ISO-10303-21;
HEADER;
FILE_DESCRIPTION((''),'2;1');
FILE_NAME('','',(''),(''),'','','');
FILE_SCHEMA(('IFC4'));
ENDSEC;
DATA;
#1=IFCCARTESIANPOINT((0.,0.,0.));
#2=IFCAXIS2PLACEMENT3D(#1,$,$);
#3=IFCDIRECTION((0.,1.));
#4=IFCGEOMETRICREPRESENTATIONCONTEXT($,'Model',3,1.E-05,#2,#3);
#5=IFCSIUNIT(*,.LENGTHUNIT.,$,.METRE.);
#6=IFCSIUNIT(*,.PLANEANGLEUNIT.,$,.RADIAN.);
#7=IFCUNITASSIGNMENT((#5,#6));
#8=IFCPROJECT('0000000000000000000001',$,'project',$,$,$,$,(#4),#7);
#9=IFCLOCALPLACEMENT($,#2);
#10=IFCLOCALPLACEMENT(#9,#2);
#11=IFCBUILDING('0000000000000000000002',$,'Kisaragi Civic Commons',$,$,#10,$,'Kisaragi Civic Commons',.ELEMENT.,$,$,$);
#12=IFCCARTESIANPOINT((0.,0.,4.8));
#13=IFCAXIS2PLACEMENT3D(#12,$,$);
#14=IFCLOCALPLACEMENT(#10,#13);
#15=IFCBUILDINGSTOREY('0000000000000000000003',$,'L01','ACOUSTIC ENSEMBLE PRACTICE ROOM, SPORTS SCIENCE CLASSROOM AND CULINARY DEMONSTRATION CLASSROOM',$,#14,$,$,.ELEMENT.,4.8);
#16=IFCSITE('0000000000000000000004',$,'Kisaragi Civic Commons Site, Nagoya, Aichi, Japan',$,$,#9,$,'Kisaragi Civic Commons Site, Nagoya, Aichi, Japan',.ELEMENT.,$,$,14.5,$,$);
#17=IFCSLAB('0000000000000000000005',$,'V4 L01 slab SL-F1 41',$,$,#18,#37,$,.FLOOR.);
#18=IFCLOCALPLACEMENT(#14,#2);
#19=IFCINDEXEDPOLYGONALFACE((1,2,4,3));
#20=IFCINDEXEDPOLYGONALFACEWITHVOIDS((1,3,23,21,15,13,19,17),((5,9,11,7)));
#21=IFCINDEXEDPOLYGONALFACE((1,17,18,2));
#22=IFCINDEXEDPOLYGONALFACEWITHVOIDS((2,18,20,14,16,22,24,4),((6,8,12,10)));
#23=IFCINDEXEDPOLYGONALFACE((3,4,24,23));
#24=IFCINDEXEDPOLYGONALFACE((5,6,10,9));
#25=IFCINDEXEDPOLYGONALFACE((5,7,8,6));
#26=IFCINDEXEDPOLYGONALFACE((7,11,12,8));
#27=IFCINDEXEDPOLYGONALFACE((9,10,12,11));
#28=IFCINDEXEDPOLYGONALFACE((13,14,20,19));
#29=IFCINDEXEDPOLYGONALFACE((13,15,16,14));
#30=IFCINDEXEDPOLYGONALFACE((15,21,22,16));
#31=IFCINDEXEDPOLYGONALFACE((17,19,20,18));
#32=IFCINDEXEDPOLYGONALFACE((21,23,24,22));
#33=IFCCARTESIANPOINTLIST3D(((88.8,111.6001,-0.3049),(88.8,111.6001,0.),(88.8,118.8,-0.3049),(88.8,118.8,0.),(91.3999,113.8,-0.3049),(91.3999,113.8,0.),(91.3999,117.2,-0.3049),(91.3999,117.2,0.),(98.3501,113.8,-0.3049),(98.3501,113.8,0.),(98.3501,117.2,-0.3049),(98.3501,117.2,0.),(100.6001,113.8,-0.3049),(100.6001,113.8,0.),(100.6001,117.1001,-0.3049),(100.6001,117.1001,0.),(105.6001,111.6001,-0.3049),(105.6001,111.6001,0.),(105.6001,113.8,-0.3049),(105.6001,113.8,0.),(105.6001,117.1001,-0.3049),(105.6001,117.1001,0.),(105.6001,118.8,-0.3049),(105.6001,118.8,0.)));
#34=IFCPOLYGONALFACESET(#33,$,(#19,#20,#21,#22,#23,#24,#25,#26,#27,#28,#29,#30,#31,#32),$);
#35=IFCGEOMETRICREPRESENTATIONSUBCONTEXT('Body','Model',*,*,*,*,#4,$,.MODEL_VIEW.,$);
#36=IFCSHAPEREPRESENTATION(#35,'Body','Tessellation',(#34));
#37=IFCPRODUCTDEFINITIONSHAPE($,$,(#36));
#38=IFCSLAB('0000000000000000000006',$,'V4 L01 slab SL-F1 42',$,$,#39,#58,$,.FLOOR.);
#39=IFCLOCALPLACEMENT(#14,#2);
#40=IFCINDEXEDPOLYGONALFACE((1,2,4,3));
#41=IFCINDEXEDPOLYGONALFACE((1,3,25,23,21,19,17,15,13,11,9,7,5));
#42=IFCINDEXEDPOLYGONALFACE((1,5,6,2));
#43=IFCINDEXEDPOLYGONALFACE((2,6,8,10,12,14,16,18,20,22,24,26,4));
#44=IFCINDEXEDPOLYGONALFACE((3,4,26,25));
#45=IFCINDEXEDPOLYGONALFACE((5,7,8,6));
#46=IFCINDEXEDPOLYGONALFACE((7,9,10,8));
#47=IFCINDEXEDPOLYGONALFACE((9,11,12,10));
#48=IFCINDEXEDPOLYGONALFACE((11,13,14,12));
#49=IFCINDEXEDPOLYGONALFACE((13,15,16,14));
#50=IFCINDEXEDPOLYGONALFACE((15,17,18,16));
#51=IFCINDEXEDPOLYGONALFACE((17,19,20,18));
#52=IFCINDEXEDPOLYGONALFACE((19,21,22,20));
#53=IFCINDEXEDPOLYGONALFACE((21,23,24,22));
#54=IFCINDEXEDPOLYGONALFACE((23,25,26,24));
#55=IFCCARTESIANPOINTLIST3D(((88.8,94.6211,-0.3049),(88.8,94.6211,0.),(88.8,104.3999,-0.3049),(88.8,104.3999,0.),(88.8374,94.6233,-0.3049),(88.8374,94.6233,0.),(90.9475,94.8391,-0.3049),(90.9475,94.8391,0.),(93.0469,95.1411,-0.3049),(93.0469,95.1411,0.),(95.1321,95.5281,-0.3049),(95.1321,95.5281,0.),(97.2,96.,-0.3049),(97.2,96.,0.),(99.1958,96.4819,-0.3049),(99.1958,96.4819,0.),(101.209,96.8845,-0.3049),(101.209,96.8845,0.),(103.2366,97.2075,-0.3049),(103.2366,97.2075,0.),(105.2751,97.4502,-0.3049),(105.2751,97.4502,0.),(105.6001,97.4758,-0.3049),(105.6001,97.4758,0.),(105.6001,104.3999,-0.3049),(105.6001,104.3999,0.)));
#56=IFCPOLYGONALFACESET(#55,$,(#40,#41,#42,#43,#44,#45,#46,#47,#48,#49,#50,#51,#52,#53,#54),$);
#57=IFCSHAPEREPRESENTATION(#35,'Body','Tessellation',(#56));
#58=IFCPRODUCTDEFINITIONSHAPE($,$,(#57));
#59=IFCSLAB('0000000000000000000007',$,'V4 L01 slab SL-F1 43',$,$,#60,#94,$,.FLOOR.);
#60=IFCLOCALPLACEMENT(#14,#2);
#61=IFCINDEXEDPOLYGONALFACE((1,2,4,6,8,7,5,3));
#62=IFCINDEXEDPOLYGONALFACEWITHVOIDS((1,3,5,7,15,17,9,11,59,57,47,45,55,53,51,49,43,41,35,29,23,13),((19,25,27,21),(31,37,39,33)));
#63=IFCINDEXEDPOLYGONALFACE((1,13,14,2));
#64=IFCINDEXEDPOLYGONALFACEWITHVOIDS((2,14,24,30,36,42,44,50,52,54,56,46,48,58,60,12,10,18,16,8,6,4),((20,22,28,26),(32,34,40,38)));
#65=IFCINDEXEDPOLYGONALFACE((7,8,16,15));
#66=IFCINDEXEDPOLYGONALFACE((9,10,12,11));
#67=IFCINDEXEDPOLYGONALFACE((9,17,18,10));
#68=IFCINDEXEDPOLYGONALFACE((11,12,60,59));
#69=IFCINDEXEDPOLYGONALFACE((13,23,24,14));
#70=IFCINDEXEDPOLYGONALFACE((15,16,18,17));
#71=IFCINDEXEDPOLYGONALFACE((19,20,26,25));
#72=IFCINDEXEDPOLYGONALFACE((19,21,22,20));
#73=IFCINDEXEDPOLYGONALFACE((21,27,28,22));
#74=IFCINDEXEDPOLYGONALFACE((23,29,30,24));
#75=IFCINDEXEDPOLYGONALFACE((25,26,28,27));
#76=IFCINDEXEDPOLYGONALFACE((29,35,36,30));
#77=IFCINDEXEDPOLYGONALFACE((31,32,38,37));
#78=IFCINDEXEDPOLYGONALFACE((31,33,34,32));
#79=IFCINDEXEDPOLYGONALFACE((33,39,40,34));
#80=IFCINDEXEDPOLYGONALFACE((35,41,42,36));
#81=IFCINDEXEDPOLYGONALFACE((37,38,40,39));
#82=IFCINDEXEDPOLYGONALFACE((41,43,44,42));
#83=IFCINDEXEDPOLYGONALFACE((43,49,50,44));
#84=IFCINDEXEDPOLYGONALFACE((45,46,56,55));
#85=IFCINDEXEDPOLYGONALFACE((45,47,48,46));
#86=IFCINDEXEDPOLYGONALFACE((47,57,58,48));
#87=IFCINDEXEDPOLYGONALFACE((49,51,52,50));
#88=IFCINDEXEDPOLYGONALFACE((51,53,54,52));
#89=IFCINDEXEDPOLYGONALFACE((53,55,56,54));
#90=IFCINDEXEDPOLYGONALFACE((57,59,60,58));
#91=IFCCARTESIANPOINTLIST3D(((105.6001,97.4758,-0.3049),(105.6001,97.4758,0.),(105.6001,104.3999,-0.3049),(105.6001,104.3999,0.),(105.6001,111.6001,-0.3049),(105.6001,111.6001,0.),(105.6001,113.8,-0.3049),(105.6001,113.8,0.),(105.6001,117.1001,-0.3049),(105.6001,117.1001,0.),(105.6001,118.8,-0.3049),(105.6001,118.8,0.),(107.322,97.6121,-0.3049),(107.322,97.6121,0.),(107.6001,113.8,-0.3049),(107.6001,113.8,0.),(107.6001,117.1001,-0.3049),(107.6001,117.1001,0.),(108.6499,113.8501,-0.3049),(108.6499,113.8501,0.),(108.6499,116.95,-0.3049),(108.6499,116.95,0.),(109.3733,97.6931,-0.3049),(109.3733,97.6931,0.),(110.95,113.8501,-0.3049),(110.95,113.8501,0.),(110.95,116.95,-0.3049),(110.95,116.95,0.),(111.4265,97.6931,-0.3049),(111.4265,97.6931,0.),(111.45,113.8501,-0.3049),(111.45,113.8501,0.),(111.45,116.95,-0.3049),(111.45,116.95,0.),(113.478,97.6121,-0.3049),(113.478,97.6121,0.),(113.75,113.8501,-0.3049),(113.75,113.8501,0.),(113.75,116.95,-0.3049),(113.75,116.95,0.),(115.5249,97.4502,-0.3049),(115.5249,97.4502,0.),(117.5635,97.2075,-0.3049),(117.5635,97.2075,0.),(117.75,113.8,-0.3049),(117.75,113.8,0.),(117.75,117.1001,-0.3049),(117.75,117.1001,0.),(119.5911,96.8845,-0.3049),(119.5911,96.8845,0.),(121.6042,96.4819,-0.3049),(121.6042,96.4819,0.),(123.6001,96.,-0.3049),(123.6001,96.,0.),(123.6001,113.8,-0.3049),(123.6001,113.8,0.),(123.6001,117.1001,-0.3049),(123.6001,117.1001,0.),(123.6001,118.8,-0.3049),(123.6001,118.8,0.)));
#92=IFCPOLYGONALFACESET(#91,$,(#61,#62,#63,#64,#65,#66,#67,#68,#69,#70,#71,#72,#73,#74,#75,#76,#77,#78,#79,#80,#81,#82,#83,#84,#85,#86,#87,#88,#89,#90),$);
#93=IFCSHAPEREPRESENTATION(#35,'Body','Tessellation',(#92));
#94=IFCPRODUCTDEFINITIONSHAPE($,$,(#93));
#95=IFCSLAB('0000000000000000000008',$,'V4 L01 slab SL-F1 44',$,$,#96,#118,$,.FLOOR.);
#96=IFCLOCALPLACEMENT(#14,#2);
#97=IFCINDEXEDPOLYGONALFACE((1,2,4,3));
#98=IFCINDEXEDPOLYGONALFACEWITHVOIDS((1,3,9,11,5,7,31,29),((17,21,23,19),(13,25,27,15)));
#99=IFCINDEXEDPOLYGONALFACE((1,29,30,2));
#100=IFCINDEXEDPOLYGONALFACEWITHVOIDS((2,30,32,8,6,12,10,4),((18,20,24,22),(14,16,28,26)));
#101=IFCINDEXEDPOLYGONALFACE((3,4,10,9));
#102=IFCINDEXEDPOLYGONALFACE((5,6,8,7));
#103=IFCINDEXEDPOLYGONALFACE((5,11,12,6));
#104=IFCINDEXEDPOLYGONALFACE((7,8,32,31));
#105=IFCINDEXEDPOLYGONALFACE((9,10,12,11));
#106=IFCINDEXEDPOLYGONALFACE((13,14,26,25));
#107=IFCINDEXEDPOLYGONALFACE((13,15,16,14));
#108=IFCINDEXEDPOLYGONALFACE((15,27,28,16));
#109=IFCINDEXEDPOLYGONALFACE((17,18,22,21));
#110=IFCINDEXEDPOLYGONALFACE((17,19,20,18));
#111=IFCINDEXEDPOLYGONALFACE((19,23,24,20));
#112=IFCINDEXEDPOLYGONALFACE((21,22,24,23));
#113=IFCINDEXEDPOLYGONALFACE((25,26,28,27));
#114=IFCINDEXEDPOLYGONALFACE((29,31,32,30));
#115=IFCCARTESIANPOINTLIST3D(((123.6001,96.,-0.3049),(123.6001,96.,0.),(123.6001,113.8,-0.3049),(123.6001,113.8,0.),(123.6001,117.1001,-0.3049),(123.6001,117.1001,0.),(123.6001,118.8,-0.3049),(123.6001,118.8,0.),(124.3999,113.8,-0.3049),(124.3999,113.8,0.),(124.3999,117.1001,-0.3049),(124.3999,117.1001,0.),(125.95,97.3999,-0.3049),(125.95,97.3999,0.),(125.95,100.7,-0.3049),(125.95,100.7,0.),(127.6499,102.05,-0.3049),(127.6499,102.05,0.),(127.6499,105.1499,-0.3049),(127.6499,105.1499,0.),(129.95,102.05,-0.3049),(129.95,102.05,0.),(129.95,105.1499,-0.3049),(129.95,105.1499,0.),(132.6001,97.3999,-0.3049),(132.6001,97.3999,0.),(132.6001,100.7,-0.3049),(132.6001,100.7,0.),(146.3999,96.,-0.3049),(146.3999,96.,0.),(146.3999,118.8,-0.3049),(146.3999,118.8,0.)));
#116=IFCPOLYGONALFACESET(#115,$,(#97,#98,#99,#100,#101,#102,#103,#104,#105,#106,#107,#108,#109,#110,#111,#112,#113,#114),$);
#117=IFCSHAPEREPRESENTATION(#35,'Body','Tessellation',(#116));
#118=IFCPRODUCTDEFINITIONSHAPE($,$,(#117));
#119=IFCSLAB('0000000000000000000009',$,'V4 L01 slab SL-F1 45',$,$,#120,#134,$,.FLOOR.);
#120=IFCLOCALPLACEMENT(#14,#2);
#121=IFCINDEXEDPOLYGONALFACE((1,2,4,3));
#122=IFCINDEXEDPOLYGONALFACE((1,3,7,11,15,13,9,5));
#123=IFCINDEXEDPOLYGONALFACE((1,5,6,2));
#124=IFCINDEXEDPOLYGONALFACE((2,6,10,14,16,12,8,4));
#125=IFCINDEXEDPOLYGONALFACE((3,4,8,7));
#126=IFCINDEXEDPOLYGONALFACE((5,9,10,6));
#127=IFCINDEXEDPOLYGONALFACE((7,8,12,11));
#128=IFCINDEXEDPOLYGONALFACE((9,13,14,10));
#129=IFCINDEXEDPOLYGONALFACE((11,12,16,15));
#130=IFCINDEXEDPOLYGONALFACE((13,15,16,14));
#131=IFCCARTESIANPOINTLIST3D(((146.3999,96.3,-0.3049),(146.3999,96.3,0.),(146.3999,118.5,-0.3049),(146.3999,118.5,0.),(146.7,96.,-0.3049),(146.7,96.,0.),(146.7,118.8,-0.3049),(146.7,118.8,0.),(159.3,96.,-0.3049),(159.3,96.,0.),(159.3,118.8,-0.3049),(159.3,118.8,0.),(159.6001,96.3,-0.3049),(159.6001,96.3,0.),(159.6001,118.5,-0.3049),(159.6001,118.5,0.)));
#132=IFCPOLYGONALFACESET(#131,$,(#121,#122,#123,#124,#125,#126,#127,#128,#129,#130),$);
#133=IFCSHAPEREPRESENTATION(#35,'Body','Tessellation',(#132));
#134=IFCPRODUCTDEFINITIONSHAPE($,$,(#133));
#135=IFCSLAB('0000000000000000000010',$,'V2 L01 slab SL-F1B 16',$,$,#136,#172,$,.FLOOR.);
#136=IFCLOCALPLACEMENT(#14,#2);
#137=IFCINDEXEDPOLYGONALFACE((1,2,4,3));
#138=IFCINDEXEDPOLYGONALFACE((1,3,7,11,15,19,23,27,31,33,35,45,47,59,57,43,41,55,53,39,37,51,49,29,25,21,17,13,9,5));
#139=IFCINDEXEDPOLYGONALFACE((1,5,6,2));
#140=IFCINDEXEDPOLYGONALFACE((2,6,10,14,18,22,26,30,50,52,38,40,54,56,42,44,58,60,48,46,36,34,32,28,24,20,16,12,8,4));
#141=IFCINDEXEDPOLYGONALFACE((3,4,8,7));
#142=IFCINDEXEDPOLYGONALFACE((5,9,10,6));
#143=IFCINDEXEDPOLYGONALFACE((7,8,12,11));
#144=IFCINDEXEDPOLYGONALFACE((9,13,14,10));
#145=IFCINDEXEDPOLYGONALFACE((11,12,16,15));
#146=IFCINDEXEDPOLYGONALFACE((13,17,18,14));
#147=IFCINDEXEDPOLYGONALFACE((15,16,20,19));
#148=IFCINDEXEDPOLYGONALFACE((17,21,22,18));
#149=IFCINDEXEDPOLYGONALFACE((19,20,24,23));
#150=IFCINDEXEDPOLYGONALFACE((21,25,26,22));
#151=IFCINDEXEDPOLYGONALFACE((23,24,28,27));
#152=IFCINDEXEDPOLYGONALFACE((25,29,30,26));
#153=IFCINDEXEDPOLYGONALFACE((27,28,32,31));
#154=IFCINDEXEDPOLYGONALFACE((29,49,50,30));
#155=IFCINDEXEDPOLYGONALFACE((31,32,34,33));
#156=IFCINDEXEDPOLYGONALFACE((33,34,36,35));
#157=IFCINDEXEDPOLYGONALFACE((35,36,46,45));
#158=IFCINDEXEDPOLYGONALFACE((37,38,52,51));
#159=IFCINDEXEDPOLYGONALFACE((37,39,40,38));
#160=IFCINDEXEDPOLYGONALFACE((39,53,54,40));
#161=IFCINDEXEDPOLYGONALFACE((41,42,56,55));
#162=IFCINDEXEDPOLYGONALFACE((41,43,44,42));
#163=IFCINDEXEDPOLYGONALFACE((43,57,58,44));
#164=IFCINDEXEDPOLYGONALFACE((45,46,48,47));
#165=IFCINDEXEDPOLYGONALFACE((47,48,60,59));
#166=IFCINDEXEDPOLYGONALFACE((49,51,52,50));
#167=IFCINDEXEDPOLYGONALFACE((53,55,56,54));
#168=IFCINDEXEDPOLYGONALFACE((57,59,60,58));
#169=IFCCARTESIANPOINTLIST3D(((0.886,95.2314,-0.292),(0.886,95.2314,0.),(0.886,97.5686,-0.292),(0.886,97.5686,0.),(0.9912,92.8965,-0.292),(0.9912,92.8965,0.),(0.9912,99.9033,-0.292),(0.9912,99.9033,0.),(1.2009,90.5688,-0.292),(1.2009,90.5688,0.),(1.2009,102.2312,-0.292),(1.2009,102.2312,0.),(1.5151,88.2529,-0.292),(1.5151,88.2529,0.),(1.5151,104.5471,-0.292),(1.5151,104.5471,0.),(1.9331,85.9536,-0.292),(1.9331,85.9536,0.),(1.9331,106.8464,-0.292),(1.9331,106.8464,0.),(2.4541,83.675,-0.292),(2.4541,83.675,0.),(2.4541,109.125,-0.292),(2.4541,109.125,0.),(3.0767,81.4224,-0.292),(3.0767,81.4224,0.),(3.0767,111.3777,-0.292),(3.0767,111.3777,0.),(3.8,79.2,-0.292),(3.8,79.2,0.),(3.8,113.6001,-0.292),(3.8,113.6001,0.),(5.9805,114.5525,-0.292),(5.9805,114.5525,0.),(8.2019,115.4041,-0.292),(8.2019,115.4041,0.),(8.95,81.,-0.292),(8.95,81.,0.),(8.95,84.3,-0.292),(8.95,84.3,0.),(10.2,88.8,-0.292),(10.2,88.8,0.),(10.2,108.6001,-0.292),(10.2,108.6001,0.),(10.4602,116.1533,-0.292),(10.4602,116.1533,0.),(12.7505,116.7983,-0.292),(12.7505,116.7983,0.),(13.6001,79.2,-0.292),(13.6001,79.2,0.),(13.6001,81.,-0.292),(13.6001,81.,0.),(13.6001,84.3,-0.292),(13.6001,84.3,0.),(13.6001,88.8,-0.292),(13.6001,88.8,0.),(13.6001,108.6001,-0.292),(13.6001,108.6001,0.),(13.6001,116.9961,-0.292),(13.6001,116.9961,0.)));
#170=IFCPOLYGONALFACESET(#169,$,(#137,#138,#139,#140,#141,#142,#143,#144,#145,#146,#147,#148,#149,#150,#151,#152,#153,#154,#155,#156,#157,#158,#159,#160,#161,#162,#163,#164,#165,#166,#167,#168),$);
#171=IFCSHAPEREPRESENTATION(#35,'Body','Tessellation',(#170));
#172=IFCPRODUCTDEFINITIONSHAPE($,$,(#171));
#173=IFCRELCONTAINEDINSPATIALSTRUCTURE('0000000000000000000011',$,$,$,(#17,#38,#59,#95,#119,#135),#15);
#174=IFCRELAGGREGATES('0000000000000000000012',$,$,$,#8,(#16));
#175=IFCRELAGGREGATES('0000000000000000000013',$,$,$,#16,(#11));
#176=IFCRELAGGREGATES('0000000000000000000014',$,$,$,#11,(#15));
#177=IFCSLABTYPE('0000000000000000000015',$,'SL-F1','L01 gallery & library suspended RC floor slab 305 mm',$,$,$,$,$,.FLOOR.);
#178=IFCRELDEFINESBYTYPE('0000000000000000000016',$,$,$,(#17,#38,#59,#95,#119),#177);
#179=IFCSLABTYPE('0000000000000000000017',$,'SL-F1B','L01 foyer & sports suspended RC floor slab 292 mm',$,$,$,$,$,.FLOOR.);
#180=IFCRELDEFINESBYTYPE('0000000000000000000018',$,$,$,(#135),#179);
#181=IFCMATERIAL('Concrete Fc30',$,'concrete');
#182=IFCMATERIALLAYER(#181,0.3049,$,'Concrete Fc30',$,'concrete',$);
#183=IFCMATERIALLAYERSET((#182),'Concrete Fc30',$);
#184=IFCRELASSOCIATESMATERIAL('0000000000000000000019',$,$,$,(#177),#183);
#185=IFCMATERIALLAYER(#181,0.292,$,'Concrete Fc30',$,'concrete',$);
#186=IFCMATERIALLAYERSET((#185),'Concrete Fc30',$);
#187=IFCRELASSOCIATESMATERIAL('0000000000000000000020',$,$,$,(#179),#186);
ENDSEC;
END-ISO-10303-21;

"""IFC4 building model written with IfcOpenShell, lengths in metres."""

from ifc_helpers import new_model, si_unit, direction, frame, origin, place, context, subcontext, project, spatial, polyline, outline, extrude, material, layer, layer_set, type_object, element, save


model = new_model("IFC4")

# Units and contexts
model_context = context("Model", 3, precision=1e-05, world=origin(), true_north=direction((0.0, 1.0)))
body_context = subcontext(model_context, "Body", "Model", "MODEL_VIEW")
ifc_project = project(units=[si_unit("LENGTHUNIT", "METRE"), si_unit("PLANEANGLEUNIT", "RADIAN")], contexts=[model_context])

# Site, building, storey
site_placement = place(None, origin())
site = spatial("IfcSite", under=ifc_project, at=site_placement, Name="Kisaragi Civic Commons Site, Nagoya, Aichi, Japan", LongName="Kisaragi Civic Commons Site, Nagoya, Aichi, Japan", CompositionType="ELEMENT", RefElevation=14.5)
building_placement = place(site_placement, origin())
building = spatial("IfcBuilding", under=site, at=building_placement, Name="Kisaragi Civic Commons", LongName="Kisaragi Civic Commons", CompositionType="ELEMENT")
storey_placement = place(building_placement, frame((0.0, 0.0, 4.8)))
storey = spatial("IfcBuildingStorey", under=building, at=storey_placement, Name="L01", Description="ACOUSTIC ENSEMBLE PRACTICE ROOM, SPORTS SCIENCE CLASSROOM AND CULINARY DEMONSTRATION CLASSROOM", CompositionType="ELEMENT", Elevation=4.8)

# Slabs
ifc_material = material(Name="Concrete Fc30", Category="concrete")
ifc_layer_1 = layer(ifc_material, 0.3049, Name="Concrete Fc30", Category="concrete")
ifc_layer_set_1 = layer_set([ifc_layer_1], Name="Concrete Fc30")
slab_type_1 = type_object("IfcSlabType", Name="SL-F1", Description="L01 gallery & library suspended RC floor slab 305 mm", PredefinedType="FLOOR", material=ifc_layer_set_1)
slab_1_placement = place(storey_placement, frame((0.0, 0.0, -0.3049)))
element("IfcSlab", 1, at=slab_1_placement, inside=storey, type_object=slab_type_1, Name="V4 L01 slab SL-F1 41", PredefinedType="FLOOR", context=body_context, shape_type="SweptSolid", body=[
    extrude(outline(polyline([(88.8, 118.8), (88.8, 111.6001), (105.6001, 111.6001), (105.6001, 113.8), (100.6001, 113.8), (100.6001, 117.1001), (105.6001, 117.1001), (105.6001, 118.8), (88.8, 118.8)]), holes=[polyline([(91.3999, 117.2), (91.3999, 113.8), (98.3501, 113.8), (98.3501, 117.2), (91.3999, 117.2)])]), origin(), (0.0, 0.0, 1.0), 0.3049),
])
slab_2_placement = place(storey_placement, frame((0.0, 0.0, -0.3049)))
element("IfcSlab", 2, at=slab_2_placement, inside=storey, type_object=slab_type_1, Name="V4 L01 slab SL-F1 42", PredefinedType="FLOOR", context=body_context, shape_type="SweptSolid", body=[
    extrude(outline(polyline([(105.6001, 97.4758), (105.6001, 104.3999), (88.8, 104.3999), (88.8, 94.6211), (88.8374, 94.6233), (90.9475, 94.8391), (93.0469, 95.1411), (95.1321, 95.5281), (97.2, 96.0), (99.1958, 96.4819), (101.209, 96.8845), (103.2366, 97.2075), (105.2751, 97.4502), (105.6001, 97.4758)])), origin(), (0.0, 0.0, 1.0), 0.3049),
])
slab_3_placement = place(storey_placement, frame((0.0, 0.0, -0.3049)))
element("IfcSlab", 3, at=slab_3_placement, inside=storey, type_object=slab_type_1, Name="V4 L01 slab SL-F1 43", PredefinedType="FLOOR", context=body_context, shape_type="SweptSolid", body=[
    extrude(outline(polyline([(105.6001, 118.8), (105.6001, 117.1001), (107.6001, 117.1001), (107.6001, 113.8), (105.6001, 113.8), (105.6001, 111.6001), (105.6001, 104.3999), (105.6001, 97.4758), (107.322, 97.6121), (109.3733, 97.6931), (111.4265, 97.6931), (113.478, 97.6121), (115.5249, 97.4502), (117.5635, 97.2075), (119.5911, 96.8845), (121.6042, 96.4819), (123.6001, 96.0), (123.6001, 113.8), (117.75, 113.8), (117.75, 117.1001), (123.6001, 117.1001), (123.6001, 118.8), (105.6001, 118.8)]), holes=[polyline([(108.6499, 116.95), (108.6499, 113.8501), (110.95, 113.8501), (110.95, 116.95), (108.6499, 116.95)]), polyline([(111.45, 116.95), (111.45, 113.8501), (113.75, 113.8501), (113.75, 116.95), (111.45, 116.95)])]), origin(), (0.0, 0.0, 1.0), 0.3049),
])
slab_4_placement = place(storey_placement, frame((0.0, 0.0, -0.3049)))
element("IfcSlab", 4, at=slab_4_placement, inside=storey, type_object=slab_type_1, Name="V4 L01 slab SL-F1 44", PredefinedType="FLOOR", context=body_context, shape_type="SweptSolid", body=[
    extrude(outline(polyline([(123.6001, 118.8), (123.6001, 117.1001), (124.3999, 117.1001), (124.3999, 113.8), (123.6001, 113.8), (123.6001, 96.0), (146.3999, 96.0), (146.3999, 118.8), (123.6001, 118.8)]), holes=[polyline([(125.95, 100.7), (125.95, 97.3999), (132.6001, 97.3999), (132.6001, 100.7), (125.95, 100.7)]), polyline([(127.6499, 105.1499), (127.6499, 102.05), (129.95, 102.05), (129.95, 105.1499), (127.6499, 105.1499)])]), origin(), (0.0, 0.0, 1.0), 0.3049),
])
slab_5_placement = place(storey_placement, frame((0.0, 0.0, -0.3049)))
element("IfcSlab", 5, at=slab_5_placement, inside=storey, type_object=slab_type_1, Name="V4 L01 slab SL-F1 45", PredefinedType="FLOOR", context=body_context, shape_type="SweptSolid", body=[
    extrude(outline(polyline([(146.7, 96.0), (159.3, 96.0), (159.6001, 96.3), (159.6001, 118.5), (159.3, 118.8), (146.7, 118.8), (146.3999, 118.5), (146.3999, 96.3), (146.7, 96.0)])), origin(), (0.0, 0.0, 1.0), 0.3049),
])
ifc_layer_2 = layer(ifc_material, 0.292, Name="Concrete Fc30", Category="concrete")
ifc_layer_set_2 = layer_set([ifc_layer_2], Name="Concrete Fc30")
slab_type_2 = type_object("IfcSlabType", Name="SL-F1B", Description="L01 foyer & sports suspended RC floor slab 292 mm", PredefinedType="FLOOR", material=ifc_layer_set_2)
slab_6_placement = place(storey_placement, frame((0.0, 0.0, -0.292)))
element("IfcSlab", 6, at=slab_6_placement, inside=storey, type_object=slab_type_2, Name="V2 L01 slab SL-F1B 16", PredefinedType="FLOOR", context=body_context, shape_type="SweptSolid", body=[
    extrude(outline(polyline([(3.0767, 81.4224), (3.8, 79.2), (13.6001, 79.2), (13.6001, 81.0), (8.95, 81.0), (8.95, 84.3), (13.6001, 84.3), (13.6001, 88.8), (10.2, 88.8), (10.2, 108.6001), (13.6001, 108.6001), (13.6001, 116.9961), (12.7505, 116.7983), (10.4602, 116.1533), (8.2019, 115.4041), (5.9805, 114.5525), (3.8, 113.6001), (3.0767, 111.3777), (2.4541, 109.125), (1.9331, 106.8464), (1.5151, 104.5471), (1.2009, 102.2312), (0.9912, 99.9033), (0.886, 97.5686), (0.886, 95.2314), (0.9912, 92.8965), (1.2009, 90.5688), (1.5151, 88.2529), (1.9331, 85.9536), (2.4541, 83.675), (3.0767, 81.4224)])), origin(), (0.0, 0.0, 1.0), 0.292),
])

save(model, "model.ifc")
